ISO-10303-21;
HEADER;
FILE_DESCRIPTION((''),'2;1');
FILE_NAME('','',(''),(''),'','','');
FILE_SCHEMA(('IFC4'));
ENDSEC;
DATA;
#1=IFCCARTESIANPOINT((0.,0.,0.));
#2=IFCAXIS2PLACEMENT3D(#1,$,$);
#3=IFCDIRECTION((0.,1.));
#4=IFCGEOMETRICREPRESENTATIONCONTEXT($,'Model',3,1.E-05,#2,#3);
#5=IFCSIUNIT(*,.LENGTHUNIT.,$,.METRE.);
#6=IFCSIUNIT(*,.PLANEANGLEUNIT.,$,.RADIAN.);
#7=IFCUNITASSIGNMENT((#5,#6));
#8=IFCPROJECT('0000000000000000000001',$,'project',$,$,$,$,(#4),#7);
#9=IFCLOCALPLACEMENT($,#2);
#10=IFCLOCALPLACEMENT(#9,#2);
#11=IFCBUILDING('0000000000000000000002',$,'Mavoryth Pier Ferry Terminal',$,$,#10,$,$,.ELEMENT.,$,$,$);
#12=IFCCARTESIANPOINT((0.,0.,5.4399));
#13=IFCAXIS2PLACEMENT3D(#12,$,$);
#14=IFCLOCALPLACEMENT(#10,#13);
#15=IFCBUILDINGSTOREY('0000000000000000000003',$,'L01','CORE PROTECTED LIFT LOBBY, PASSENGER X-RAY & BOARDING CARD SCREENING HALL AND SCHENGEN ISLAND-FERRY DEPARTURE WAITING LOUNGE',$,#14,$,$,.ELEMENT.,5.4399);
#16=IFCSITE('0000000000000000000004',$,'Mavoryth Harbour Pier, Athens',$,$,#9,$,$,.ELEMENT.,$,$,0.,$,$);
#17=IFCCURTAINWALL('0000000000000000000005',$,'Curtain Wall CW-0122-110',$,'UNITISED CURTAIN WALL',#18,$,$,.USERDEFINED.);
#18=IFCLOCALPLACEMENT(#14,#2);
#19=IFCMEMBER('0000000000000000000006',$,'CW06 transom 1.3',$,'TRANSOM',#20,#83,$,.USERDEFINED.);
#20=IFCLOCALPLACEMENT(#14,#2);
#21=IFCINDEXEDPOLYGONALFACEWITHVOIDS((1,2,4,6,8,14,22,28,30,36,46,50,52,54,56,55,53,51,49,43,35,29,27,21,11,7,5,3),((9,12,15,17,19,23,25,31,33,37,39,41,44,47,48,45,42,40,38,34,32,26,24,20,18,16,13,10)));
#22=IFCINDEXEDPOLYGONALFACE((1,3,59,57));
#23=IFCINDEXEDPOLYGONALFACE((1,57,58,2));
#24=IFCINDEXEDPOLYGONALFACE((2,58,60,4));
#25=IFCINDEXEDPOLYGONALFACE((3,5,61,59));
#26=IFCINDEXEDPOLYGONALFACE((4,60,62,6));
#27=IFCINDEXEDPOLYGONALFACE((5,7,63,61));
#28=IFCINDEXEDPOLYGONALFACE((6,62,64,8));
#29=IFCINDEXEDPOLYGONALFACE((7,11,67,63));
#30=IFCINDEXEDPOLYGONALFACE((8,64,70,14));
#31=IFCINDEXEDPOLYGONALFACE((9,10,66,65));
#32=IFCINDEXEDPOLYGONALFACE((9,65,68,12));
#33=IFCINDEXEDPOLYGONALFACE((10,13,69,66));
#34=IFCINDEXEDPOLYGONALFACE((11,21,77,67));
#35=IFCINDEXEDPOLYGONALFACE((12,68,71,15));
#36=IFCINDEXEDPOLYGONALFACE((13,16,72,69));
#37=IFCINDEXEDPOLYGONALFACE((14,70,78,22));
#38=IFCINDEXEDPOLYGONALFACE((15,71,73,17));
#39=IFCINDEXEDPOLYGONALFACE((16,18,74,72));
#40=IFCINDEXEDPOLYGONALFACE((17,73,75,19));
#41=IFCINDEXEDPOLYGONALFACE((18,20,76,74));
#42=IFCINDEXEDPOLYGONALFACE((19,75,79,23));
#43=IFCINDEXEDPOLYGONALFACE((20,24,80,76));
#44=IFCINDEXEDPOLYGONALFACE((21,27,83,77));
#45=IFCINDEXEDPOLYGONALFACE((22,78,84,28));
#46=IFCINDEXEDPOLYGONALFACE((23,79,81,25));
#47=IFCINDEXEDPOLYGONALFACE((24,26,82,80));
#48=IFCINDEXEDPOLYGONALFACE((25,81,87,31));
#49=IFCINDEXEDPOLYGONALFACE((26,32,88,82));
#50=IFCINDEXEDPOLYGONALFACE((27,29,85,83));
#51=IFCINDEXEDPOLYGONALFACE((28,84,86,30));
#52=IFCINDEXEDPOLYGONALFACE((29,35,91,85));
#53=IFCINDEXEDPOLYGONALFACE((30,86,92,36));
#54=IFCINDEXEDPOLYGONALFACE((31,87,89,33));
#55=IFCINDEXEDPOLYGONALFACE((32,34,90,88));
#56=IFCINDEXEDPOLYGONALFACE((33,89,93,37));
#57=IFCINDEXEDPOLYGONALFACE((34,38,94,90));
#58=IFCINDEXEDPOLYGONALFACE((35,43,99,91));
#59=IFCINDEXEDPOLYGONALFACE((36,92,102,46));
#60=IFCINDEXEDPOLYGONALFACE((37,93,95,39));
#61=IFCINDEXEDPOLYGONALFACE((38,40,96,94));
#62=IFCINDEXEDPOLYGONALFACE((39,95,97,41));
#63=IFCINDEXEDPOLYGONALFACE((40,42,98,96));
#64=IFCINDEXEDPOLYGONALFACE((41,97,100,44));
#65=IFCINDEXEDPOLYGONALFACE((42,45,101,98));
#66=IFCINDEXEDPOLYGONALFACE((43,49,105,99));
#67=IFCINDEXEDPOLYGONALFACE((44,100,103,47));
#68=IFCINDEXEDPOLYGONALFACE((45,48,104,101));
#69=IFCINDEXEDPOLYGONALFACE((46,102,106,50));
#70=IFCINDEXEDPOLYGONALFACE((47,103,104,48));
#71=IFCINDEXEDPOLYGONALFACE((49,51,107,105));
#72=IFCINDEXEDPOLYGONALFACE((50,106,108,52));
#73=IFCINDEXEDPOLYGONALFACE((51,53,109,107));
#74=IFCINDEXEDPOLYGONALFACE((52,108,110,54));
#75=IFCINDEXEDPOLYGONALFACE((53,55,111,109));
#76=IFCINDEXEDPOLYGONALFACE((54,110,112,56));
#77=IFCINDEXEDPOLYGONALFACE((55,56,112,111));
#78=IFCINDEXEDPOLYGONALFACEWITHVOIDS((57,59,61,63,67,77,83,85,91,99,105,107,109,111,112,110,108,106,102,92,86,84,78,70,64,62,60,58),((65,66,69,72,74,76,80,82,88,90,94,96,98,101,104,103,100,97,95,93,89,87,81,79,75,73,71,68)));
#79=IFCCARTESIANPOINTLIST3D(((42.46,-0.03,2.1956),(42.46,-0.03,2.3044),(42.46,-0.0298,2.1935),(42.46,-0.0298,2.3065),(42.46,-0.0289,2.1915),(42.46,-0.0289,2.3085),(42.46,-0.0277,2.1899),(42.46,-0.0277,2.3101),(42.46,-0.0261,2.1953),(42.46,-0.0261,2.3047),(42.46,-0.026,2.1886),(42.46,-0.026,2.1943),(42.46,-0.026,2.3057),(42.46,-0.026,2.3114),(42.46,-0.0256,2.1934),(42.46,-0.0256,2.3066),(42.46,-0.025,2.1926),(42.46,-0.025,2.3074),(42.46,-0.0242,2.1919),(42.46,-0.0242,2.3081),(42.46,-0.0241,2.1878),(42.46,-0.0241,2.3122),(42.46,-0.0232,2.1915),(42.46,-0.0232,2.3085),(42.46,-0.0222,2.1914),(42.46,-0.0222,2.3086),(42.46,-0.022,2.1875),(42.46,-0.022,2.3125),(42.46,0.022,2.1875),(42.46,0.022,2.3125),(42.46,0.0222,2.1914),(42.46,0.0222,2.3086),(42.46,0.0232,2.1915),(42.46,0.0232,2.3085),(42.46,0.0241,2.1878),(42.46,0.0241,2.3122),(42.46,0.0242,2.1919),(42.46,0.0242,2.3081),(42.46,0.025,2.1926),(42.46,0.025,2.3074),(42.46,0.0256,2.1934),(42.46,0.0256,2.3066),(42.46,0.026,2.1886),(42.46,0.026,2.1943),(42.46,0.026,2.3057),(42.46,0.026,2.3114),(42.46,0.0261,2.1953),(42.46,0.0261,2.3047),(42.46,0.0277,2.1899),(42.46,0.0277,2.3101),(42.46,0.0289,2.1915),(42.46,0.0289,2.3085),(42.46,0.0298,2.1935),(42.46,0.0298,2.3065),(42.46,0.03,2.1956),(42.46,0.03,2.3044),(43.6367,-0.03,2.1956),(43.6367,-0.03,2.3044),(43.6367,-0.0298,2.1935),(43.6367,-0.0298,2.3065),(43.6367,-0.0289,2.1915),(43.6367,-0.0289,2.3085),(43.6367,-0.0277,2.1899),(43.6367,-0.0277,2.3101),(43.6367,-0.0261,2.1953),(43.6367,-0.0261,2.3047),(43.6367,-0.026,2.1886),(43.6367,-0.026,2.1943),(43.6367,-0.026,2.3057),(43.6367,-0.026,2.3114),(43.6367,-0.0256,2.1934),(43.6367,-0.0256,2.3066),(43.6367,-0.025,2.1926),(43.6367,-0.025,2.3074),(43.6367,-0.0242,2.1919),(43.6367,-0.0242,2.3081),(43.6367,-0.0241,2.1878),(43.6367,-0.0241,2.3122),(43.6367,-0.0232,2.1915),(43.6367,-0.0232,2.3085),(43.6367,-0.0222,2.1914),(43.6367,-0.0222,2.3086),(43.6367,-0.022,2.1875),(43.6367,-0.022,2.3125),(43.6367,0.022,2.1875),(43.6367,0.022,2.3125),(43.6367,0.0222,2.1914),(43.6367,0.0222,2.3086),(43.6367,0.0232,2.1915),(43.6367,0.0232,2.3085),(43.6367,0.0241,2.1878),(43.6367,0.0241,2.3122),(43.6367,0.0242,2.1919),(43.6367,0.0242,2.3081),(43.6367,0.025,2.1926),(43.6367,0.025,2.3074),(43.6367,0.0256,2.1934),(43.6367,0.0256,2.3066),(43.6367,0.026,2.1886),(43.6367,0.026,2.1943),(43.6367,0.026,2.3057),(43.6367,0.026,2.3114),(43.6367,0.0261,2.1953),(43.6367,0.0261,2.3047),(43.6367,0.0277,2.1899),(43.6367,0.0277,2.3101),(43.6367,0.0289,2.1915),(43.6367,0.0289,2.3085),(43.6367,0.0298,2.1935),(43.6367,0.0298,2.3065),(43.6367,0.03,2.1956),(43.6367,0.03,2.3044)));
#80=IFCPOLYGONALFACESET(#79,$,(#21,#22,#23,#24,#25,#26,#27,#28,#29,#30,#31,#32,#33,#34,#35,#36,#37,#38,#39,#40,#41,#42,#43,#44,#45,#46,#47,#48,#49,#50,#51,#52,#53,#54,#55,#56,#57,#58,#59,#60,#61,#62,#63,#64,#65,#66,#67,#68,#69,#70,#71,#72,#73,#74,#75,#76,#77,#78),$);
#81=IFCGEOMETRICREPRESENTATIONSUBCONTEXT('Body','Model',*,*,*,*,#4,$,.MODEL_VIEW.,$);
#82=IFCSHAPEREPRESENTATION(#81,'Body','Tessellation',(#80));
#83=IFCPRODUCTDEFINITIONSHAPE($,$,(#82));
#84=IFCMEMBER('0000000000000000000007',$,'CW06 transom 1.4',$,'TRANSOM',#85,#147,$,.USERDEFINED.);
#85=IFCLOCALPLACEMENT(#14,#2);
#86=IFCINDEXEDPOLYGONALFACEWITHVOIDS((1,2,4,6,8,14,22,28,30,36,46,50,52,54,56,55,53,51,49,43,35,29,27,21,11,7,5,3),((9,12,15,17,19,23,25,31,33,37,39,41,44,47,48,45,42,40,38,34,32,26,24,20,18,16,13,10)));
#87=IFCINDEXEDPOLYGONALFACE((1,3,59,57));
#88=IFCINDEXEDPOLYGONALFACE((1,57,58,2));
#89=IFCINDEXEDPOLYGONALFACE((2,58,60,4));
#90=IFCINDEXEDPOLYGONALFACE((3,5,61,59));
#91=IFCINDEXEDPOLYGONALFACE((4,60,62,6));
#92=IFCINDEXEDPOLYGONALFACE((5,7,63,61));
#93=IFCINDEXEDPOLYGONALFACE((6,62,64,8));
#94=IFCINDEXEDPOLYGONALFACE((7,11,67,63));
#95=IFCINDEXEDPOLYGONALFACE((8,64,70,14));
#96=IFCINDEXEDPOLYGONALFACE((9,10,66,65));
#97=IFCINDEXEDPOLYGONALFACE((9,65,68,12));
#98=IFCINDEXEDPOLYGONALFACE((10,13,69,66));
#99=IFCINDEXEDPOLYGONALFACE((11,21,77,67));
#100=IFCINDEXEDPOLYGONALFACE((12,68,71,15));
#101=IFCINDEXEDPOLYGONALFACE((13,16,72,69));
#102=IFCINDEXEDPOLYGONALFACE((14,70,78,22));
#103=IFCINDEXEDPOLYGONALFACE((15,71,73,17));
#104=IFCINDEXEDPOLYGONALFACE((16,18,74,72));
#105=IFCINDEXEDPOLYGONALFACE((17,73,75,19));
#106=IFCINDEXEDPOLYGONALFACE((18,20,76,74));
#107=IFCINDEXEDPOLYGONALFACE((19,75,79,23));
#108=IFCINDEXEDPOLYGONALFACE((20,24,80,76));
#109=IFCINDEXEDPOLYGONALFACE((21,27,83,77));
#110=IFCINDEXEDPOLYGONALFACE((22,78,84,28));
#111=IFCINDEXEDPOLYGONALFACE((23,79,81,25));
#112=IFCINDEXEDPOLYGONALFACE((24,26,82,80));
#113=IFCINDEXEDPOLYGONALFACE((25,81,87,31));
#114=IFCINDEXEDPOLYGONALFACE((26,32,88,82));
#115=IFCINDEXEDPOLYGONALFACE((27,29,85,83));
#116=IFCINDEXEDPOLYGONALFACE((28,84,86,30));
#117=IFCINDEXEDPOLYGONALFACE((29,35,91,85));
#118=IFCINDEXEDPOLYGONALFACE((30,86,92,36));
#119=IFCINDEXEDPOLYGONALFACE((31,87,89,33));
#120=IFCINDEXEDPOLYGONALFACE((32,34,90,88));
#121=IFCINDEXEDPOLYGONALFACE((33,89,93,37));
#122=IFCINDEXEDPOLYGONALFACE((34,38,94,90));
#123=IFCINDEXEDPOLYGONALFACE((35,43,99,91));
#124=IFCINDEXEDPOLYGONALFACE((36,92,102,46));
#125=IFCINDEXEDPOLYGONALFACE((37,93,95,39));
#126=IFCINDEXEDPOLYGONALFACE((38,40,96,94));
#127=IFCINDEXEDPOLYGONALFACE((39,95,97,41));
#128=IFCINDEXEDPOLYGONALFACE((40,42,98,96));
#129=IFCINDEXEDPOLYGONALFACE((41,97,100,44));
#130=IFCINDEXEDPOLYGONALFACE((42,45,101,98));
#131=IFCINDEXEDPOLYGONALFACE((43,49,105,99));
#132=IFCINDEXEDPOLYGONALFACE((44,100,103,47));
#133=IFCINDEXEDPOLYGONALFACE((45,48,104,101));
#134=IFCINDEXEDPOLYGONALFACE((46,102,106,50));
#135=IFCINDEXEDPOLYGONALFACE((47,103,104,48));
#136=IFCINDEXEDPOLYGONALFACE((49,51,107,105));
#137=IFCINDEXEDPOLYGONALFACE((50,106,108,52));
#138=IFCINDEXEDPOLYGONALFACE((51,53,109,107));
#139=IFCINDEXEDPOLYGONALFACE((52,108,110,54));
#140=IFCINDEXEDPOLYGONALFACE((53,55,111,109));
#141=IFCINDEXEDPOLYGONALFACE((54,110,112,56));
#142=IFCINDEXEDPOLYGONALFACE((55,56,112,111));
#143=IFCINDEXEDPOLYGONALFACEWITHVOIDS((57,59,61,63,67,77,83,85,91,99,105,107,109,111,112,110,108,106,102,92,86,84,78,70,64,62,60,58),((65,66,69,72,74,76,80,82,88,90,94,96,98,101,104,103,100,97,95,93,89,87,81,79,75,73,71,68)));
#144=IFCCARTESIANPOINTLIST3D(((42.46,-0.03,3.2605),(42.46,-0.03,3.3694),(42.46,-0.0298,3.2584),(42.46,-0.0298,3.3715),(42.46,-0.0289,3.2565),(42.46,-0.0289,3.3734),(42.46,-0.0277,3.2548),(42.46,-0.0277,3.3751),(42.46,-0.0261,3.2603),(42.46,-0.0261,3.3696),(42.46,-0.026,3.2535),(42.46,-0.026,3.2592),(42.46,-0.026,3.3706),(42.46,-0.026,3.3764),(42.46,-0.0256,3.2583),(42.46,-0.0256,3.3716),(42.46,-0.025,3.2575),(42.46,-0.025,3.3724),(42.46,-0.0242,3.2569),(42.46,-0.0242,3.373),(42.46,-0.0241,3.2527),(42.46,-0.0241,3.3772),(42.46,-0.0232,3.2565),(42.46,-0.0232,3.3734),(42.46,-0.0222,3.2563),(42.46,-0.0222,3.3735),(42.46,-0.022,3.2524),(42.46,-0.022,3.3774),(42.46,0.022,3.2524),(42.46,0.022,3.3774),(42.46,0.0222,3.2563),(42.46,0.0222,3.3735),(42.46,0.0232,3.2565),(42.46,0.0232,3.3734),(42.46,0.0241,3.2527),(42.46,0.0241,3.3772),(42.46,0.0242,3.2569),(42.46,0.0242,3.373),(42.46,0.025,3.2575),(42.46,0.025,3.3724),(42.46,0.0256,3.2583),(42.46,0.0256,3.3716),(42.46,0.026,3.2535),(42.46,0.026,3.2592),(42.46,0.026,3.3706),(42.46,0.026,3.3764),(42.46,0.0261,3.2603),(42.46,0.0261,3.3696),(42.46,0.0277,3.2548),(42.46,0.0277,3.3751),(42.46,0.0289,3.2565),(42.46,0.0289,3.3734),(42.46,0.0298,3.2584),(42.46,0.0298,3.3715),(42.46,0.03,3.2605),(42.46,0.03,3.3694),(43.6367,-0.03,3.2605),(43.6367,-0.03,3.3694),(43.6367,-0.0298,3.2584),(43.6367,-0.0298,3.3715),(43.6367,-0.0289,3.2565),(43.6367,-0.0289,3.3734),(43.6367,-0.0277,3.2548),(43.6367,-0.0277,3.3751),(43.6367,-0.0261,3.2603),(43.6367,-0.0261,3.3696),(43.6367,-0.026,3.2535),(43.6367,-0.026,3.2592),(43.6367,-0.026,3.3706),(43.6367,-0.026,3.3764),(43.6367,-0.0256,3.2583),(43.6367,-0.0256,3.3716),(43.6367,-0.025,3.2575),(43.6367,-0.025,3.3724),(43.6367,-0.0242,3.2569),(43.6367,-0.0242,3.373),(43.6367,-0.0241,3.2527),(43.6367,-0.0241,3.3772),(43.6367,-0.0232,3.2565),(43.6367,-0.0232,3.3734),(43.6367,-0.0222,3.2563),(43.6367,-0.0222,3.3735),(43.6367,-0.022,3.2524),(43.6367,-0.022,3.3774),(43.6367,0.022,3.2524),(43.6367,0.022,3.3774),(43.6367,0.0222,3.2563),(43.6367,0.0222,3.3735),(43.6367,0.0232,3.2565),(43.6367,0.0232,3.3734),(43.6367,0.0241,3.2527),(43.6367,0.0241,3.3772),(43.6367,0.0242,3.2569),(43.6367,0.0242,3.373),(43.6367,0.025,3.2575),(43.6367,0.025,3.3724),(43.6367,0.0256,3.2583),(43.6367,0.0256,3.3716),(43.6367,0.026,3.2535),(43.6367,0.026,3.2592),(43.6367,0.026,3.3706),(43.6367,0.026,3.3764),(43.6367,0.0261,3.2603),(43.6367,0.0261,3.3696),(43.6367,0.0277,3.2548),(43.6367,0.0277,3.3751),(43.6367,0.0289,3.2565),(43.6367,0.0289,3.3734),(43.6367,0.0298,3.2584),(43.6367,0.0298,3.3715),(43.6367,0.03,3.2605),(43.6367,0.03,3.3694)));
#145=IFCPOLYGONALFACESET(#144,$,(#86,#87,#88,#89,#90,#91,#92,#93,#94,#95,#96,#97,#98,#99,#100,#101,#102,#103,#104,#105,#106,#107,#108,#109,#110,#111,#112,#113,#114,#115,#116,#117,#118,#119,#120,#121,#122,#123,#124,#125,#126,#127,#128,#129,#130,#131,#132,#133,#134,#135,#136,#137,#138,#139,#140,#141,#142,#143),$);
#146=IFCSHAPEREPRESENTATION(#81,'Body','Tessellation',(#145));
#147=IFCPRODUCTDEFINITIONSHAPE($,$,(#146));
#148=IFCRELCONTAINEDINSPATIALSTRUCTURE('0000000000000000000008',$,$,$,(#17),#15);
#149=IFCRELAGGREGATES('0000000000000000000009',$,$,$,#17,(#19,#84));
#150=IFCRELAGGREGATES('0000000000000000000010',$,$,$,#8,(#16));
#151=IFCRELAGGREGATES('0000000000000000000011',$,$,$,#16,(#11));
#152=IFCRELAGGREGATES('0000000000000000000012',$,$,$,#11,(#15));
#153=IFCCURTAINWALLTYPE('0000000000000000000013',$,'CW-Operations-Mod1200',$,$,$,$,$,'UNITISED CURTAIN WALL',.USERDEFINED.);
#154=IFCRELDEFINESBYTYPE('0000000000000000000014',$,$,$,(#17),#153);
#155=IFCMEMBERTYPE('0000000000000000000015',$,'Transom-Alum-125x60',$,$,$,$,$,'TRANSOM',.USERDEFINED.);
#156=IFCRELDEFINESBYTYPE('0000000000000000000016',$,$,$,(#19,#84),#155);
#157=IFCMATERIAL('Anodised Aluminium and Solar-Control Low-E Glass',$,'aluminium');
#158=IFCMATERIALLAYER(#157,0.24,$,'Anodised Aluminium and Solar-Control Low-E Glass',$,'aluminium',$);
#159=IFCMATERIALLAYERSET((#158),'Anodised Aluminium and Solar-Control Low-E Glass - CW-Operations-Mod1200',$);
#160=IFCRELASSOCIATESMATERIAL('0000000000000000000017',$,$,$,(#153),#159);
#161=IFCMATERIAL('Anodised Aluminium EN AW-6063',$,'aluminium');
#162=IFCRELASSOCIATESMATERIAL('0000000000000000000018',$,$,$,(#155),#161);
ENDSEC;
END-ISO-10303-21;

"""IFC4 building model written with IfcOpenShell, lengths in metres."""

from ifc_helpers import new_model, si_unit, direction, frame, origin, origin_2d, place, context, subcontext, project, spatial, hollow_rectangle, extrude, material, layer, layer_set, material_profile, profile_set, type_object, element, aggregate, save


model = new_model("IFC4")

# Units and contexts
model_context = context("Model", 3, precision=1e-05, world=origin(), true_north=direction((0.0, 1.0)))
body_context = subcontext(model_context, "Body", "Model", "MODEL_VIEW")
ifc_project = project(units=[si_unit("LENGTHUNIT", "METRE"), si_unit("PLANEANGLEUNIT", "RADIAN")], contexts=[model_context])

# Site, building, storey
site_placement = place(None, origin())
site = spatial("IfcSite", under=ifc_project, at=site_placement, Name="Mavoryth Harbour Pier, Athens", CompositionType="ELEMENT", RefElevation=0.0)
building_placement = place(site_placement, origin())
building = spatial("IfcBuilding", under=site, at=building_placement, Name="Mavoryth Pier Ferry Terminal", CompositionType="ELEMENT")
storey_placement = place(building_placement, frame((0.0, 0.0, 5.4399)))
storey = spatial("IfcBuildingStorey", under=building, at=storey_placement, Name="L01", Description="CORE PROTECTED LIFT LOBBY, PASSENGER X-RAY & BOARDING CARD SCREENING HALL AND SCHENGEN ISLAND-FERRY DEPARTURE WAITING LOUNGE", CompositionType="ELEMENT", Elevation=5.4399)

# Curtain wall
ifc_material_1 = material(Name="Anodised Aluminium and Solar-Control Low-E Glass", Category="aluminium")
ifc_layer_1 = layer(ifc_material_1, 0.24, Name="Anodised Aluminium and Solar-Control Low-E Glass", Category="aluminium")
ifc_layer_set_1 = layer_set([ifc_layer_1], Name="Anodised Aluminium and Solar-Control Low-E Glass - CW-Operations-Mod1200")
curtain_wall_type = type_object("IfcCurtainWallType", Name="CW-Operations-Mod1200", ElementType="UNITISED CURTAIN WALL", PredefinedType="USERDEFINED", material=ifc_layer_set_1)
curtain_wall_placement = place(storey_placement, origin())
curtain_wall = element("IfcCurtainWall", 1, at=curtain_wall_placement, inside=storey, type_object=curtain_wall_type, Name="Curtain Wall CW-0122-110", ObjectType="UNITISED CURTAIN WALL", PredefinedType="USERDEFINED")
ifc_material_2 = material(Name="Anodised Aluminium EN AW-6063", Category="aluminium")

# Members
ifc_material_profile_1 = material_profile(ifc_material_2, hollow_rectangle(XDim=0.0601, YDim=0.125, WallThickness=0.0039, InnerFilletRadius=0.0039, OuterFilletRadius=0.0081, at=origin_2d()), Name="AL-TRAN 125x60x4", Category="aluminium")
ifc_profile_set_1 = profile_set([ifc_material_profile_1], Name="Anodised Aluminium EN AW-6063 - AL-TRAN 125x60x4")
member_type_1 = type_object("IfcMemberType", Name="Transom-Alum-125x60", ElementType="TRANSOM", PredefinedType="USERDEFINED", material=ifc_profile_set_1)
member_1_placement = place(storey_placement, frame((42.46, 0.0, 2.25), z_axis=(1.0, 0.0, 0.0), x_axis=(0.0, 1.0, 0.0)))
member_1 = element("IfcMember", 2, at=member_1_placement, type_object=member_type_1, Name="CW06 transom 1.3", ObjectType="TRANSOM", PredefinedType="USERDEFINED", context=body_context, shape_type="SweptSolid", body=[
    extrude(hollow_rectangle(XDim=0.0601, YDim=0.125, WallThickness=0.0039, InnerFilletRadius=0.0039, OuterFilletRadius=0.0081, at=origin_2d()), origin(), (0.0, 0.0, 1.0), 1.1768),
])
member_2_placement = place(storey_placement, frame((42.46, 0.0, 3.3149), z_axis=(1.0, 0.0, 0.0), x_axis=(0.0, 1.0, 0.0)))
member_2 = element("IfcMember", 3, at=member_2_placement, type_object=member_type_1, Name="CW06 transom 1.4", ObjectType="TRANSOM", PredefinedType="USERDEFINED", context=body_context, shape_type="SweptSolid", body=[
    extrude(hollow_rectangle(XDim=0.0601, YDim=0.125, WallThickness=0.0039, InnerFilletRadius=0.0039, OuterFilletRadius=0.0081, at=origin_2d()), origin(), (0.0, 0.0, 1.0), 1.1768),
])

aggregate(curtain_wall, [member_1, member_2])

save(model, "model.ifc")
